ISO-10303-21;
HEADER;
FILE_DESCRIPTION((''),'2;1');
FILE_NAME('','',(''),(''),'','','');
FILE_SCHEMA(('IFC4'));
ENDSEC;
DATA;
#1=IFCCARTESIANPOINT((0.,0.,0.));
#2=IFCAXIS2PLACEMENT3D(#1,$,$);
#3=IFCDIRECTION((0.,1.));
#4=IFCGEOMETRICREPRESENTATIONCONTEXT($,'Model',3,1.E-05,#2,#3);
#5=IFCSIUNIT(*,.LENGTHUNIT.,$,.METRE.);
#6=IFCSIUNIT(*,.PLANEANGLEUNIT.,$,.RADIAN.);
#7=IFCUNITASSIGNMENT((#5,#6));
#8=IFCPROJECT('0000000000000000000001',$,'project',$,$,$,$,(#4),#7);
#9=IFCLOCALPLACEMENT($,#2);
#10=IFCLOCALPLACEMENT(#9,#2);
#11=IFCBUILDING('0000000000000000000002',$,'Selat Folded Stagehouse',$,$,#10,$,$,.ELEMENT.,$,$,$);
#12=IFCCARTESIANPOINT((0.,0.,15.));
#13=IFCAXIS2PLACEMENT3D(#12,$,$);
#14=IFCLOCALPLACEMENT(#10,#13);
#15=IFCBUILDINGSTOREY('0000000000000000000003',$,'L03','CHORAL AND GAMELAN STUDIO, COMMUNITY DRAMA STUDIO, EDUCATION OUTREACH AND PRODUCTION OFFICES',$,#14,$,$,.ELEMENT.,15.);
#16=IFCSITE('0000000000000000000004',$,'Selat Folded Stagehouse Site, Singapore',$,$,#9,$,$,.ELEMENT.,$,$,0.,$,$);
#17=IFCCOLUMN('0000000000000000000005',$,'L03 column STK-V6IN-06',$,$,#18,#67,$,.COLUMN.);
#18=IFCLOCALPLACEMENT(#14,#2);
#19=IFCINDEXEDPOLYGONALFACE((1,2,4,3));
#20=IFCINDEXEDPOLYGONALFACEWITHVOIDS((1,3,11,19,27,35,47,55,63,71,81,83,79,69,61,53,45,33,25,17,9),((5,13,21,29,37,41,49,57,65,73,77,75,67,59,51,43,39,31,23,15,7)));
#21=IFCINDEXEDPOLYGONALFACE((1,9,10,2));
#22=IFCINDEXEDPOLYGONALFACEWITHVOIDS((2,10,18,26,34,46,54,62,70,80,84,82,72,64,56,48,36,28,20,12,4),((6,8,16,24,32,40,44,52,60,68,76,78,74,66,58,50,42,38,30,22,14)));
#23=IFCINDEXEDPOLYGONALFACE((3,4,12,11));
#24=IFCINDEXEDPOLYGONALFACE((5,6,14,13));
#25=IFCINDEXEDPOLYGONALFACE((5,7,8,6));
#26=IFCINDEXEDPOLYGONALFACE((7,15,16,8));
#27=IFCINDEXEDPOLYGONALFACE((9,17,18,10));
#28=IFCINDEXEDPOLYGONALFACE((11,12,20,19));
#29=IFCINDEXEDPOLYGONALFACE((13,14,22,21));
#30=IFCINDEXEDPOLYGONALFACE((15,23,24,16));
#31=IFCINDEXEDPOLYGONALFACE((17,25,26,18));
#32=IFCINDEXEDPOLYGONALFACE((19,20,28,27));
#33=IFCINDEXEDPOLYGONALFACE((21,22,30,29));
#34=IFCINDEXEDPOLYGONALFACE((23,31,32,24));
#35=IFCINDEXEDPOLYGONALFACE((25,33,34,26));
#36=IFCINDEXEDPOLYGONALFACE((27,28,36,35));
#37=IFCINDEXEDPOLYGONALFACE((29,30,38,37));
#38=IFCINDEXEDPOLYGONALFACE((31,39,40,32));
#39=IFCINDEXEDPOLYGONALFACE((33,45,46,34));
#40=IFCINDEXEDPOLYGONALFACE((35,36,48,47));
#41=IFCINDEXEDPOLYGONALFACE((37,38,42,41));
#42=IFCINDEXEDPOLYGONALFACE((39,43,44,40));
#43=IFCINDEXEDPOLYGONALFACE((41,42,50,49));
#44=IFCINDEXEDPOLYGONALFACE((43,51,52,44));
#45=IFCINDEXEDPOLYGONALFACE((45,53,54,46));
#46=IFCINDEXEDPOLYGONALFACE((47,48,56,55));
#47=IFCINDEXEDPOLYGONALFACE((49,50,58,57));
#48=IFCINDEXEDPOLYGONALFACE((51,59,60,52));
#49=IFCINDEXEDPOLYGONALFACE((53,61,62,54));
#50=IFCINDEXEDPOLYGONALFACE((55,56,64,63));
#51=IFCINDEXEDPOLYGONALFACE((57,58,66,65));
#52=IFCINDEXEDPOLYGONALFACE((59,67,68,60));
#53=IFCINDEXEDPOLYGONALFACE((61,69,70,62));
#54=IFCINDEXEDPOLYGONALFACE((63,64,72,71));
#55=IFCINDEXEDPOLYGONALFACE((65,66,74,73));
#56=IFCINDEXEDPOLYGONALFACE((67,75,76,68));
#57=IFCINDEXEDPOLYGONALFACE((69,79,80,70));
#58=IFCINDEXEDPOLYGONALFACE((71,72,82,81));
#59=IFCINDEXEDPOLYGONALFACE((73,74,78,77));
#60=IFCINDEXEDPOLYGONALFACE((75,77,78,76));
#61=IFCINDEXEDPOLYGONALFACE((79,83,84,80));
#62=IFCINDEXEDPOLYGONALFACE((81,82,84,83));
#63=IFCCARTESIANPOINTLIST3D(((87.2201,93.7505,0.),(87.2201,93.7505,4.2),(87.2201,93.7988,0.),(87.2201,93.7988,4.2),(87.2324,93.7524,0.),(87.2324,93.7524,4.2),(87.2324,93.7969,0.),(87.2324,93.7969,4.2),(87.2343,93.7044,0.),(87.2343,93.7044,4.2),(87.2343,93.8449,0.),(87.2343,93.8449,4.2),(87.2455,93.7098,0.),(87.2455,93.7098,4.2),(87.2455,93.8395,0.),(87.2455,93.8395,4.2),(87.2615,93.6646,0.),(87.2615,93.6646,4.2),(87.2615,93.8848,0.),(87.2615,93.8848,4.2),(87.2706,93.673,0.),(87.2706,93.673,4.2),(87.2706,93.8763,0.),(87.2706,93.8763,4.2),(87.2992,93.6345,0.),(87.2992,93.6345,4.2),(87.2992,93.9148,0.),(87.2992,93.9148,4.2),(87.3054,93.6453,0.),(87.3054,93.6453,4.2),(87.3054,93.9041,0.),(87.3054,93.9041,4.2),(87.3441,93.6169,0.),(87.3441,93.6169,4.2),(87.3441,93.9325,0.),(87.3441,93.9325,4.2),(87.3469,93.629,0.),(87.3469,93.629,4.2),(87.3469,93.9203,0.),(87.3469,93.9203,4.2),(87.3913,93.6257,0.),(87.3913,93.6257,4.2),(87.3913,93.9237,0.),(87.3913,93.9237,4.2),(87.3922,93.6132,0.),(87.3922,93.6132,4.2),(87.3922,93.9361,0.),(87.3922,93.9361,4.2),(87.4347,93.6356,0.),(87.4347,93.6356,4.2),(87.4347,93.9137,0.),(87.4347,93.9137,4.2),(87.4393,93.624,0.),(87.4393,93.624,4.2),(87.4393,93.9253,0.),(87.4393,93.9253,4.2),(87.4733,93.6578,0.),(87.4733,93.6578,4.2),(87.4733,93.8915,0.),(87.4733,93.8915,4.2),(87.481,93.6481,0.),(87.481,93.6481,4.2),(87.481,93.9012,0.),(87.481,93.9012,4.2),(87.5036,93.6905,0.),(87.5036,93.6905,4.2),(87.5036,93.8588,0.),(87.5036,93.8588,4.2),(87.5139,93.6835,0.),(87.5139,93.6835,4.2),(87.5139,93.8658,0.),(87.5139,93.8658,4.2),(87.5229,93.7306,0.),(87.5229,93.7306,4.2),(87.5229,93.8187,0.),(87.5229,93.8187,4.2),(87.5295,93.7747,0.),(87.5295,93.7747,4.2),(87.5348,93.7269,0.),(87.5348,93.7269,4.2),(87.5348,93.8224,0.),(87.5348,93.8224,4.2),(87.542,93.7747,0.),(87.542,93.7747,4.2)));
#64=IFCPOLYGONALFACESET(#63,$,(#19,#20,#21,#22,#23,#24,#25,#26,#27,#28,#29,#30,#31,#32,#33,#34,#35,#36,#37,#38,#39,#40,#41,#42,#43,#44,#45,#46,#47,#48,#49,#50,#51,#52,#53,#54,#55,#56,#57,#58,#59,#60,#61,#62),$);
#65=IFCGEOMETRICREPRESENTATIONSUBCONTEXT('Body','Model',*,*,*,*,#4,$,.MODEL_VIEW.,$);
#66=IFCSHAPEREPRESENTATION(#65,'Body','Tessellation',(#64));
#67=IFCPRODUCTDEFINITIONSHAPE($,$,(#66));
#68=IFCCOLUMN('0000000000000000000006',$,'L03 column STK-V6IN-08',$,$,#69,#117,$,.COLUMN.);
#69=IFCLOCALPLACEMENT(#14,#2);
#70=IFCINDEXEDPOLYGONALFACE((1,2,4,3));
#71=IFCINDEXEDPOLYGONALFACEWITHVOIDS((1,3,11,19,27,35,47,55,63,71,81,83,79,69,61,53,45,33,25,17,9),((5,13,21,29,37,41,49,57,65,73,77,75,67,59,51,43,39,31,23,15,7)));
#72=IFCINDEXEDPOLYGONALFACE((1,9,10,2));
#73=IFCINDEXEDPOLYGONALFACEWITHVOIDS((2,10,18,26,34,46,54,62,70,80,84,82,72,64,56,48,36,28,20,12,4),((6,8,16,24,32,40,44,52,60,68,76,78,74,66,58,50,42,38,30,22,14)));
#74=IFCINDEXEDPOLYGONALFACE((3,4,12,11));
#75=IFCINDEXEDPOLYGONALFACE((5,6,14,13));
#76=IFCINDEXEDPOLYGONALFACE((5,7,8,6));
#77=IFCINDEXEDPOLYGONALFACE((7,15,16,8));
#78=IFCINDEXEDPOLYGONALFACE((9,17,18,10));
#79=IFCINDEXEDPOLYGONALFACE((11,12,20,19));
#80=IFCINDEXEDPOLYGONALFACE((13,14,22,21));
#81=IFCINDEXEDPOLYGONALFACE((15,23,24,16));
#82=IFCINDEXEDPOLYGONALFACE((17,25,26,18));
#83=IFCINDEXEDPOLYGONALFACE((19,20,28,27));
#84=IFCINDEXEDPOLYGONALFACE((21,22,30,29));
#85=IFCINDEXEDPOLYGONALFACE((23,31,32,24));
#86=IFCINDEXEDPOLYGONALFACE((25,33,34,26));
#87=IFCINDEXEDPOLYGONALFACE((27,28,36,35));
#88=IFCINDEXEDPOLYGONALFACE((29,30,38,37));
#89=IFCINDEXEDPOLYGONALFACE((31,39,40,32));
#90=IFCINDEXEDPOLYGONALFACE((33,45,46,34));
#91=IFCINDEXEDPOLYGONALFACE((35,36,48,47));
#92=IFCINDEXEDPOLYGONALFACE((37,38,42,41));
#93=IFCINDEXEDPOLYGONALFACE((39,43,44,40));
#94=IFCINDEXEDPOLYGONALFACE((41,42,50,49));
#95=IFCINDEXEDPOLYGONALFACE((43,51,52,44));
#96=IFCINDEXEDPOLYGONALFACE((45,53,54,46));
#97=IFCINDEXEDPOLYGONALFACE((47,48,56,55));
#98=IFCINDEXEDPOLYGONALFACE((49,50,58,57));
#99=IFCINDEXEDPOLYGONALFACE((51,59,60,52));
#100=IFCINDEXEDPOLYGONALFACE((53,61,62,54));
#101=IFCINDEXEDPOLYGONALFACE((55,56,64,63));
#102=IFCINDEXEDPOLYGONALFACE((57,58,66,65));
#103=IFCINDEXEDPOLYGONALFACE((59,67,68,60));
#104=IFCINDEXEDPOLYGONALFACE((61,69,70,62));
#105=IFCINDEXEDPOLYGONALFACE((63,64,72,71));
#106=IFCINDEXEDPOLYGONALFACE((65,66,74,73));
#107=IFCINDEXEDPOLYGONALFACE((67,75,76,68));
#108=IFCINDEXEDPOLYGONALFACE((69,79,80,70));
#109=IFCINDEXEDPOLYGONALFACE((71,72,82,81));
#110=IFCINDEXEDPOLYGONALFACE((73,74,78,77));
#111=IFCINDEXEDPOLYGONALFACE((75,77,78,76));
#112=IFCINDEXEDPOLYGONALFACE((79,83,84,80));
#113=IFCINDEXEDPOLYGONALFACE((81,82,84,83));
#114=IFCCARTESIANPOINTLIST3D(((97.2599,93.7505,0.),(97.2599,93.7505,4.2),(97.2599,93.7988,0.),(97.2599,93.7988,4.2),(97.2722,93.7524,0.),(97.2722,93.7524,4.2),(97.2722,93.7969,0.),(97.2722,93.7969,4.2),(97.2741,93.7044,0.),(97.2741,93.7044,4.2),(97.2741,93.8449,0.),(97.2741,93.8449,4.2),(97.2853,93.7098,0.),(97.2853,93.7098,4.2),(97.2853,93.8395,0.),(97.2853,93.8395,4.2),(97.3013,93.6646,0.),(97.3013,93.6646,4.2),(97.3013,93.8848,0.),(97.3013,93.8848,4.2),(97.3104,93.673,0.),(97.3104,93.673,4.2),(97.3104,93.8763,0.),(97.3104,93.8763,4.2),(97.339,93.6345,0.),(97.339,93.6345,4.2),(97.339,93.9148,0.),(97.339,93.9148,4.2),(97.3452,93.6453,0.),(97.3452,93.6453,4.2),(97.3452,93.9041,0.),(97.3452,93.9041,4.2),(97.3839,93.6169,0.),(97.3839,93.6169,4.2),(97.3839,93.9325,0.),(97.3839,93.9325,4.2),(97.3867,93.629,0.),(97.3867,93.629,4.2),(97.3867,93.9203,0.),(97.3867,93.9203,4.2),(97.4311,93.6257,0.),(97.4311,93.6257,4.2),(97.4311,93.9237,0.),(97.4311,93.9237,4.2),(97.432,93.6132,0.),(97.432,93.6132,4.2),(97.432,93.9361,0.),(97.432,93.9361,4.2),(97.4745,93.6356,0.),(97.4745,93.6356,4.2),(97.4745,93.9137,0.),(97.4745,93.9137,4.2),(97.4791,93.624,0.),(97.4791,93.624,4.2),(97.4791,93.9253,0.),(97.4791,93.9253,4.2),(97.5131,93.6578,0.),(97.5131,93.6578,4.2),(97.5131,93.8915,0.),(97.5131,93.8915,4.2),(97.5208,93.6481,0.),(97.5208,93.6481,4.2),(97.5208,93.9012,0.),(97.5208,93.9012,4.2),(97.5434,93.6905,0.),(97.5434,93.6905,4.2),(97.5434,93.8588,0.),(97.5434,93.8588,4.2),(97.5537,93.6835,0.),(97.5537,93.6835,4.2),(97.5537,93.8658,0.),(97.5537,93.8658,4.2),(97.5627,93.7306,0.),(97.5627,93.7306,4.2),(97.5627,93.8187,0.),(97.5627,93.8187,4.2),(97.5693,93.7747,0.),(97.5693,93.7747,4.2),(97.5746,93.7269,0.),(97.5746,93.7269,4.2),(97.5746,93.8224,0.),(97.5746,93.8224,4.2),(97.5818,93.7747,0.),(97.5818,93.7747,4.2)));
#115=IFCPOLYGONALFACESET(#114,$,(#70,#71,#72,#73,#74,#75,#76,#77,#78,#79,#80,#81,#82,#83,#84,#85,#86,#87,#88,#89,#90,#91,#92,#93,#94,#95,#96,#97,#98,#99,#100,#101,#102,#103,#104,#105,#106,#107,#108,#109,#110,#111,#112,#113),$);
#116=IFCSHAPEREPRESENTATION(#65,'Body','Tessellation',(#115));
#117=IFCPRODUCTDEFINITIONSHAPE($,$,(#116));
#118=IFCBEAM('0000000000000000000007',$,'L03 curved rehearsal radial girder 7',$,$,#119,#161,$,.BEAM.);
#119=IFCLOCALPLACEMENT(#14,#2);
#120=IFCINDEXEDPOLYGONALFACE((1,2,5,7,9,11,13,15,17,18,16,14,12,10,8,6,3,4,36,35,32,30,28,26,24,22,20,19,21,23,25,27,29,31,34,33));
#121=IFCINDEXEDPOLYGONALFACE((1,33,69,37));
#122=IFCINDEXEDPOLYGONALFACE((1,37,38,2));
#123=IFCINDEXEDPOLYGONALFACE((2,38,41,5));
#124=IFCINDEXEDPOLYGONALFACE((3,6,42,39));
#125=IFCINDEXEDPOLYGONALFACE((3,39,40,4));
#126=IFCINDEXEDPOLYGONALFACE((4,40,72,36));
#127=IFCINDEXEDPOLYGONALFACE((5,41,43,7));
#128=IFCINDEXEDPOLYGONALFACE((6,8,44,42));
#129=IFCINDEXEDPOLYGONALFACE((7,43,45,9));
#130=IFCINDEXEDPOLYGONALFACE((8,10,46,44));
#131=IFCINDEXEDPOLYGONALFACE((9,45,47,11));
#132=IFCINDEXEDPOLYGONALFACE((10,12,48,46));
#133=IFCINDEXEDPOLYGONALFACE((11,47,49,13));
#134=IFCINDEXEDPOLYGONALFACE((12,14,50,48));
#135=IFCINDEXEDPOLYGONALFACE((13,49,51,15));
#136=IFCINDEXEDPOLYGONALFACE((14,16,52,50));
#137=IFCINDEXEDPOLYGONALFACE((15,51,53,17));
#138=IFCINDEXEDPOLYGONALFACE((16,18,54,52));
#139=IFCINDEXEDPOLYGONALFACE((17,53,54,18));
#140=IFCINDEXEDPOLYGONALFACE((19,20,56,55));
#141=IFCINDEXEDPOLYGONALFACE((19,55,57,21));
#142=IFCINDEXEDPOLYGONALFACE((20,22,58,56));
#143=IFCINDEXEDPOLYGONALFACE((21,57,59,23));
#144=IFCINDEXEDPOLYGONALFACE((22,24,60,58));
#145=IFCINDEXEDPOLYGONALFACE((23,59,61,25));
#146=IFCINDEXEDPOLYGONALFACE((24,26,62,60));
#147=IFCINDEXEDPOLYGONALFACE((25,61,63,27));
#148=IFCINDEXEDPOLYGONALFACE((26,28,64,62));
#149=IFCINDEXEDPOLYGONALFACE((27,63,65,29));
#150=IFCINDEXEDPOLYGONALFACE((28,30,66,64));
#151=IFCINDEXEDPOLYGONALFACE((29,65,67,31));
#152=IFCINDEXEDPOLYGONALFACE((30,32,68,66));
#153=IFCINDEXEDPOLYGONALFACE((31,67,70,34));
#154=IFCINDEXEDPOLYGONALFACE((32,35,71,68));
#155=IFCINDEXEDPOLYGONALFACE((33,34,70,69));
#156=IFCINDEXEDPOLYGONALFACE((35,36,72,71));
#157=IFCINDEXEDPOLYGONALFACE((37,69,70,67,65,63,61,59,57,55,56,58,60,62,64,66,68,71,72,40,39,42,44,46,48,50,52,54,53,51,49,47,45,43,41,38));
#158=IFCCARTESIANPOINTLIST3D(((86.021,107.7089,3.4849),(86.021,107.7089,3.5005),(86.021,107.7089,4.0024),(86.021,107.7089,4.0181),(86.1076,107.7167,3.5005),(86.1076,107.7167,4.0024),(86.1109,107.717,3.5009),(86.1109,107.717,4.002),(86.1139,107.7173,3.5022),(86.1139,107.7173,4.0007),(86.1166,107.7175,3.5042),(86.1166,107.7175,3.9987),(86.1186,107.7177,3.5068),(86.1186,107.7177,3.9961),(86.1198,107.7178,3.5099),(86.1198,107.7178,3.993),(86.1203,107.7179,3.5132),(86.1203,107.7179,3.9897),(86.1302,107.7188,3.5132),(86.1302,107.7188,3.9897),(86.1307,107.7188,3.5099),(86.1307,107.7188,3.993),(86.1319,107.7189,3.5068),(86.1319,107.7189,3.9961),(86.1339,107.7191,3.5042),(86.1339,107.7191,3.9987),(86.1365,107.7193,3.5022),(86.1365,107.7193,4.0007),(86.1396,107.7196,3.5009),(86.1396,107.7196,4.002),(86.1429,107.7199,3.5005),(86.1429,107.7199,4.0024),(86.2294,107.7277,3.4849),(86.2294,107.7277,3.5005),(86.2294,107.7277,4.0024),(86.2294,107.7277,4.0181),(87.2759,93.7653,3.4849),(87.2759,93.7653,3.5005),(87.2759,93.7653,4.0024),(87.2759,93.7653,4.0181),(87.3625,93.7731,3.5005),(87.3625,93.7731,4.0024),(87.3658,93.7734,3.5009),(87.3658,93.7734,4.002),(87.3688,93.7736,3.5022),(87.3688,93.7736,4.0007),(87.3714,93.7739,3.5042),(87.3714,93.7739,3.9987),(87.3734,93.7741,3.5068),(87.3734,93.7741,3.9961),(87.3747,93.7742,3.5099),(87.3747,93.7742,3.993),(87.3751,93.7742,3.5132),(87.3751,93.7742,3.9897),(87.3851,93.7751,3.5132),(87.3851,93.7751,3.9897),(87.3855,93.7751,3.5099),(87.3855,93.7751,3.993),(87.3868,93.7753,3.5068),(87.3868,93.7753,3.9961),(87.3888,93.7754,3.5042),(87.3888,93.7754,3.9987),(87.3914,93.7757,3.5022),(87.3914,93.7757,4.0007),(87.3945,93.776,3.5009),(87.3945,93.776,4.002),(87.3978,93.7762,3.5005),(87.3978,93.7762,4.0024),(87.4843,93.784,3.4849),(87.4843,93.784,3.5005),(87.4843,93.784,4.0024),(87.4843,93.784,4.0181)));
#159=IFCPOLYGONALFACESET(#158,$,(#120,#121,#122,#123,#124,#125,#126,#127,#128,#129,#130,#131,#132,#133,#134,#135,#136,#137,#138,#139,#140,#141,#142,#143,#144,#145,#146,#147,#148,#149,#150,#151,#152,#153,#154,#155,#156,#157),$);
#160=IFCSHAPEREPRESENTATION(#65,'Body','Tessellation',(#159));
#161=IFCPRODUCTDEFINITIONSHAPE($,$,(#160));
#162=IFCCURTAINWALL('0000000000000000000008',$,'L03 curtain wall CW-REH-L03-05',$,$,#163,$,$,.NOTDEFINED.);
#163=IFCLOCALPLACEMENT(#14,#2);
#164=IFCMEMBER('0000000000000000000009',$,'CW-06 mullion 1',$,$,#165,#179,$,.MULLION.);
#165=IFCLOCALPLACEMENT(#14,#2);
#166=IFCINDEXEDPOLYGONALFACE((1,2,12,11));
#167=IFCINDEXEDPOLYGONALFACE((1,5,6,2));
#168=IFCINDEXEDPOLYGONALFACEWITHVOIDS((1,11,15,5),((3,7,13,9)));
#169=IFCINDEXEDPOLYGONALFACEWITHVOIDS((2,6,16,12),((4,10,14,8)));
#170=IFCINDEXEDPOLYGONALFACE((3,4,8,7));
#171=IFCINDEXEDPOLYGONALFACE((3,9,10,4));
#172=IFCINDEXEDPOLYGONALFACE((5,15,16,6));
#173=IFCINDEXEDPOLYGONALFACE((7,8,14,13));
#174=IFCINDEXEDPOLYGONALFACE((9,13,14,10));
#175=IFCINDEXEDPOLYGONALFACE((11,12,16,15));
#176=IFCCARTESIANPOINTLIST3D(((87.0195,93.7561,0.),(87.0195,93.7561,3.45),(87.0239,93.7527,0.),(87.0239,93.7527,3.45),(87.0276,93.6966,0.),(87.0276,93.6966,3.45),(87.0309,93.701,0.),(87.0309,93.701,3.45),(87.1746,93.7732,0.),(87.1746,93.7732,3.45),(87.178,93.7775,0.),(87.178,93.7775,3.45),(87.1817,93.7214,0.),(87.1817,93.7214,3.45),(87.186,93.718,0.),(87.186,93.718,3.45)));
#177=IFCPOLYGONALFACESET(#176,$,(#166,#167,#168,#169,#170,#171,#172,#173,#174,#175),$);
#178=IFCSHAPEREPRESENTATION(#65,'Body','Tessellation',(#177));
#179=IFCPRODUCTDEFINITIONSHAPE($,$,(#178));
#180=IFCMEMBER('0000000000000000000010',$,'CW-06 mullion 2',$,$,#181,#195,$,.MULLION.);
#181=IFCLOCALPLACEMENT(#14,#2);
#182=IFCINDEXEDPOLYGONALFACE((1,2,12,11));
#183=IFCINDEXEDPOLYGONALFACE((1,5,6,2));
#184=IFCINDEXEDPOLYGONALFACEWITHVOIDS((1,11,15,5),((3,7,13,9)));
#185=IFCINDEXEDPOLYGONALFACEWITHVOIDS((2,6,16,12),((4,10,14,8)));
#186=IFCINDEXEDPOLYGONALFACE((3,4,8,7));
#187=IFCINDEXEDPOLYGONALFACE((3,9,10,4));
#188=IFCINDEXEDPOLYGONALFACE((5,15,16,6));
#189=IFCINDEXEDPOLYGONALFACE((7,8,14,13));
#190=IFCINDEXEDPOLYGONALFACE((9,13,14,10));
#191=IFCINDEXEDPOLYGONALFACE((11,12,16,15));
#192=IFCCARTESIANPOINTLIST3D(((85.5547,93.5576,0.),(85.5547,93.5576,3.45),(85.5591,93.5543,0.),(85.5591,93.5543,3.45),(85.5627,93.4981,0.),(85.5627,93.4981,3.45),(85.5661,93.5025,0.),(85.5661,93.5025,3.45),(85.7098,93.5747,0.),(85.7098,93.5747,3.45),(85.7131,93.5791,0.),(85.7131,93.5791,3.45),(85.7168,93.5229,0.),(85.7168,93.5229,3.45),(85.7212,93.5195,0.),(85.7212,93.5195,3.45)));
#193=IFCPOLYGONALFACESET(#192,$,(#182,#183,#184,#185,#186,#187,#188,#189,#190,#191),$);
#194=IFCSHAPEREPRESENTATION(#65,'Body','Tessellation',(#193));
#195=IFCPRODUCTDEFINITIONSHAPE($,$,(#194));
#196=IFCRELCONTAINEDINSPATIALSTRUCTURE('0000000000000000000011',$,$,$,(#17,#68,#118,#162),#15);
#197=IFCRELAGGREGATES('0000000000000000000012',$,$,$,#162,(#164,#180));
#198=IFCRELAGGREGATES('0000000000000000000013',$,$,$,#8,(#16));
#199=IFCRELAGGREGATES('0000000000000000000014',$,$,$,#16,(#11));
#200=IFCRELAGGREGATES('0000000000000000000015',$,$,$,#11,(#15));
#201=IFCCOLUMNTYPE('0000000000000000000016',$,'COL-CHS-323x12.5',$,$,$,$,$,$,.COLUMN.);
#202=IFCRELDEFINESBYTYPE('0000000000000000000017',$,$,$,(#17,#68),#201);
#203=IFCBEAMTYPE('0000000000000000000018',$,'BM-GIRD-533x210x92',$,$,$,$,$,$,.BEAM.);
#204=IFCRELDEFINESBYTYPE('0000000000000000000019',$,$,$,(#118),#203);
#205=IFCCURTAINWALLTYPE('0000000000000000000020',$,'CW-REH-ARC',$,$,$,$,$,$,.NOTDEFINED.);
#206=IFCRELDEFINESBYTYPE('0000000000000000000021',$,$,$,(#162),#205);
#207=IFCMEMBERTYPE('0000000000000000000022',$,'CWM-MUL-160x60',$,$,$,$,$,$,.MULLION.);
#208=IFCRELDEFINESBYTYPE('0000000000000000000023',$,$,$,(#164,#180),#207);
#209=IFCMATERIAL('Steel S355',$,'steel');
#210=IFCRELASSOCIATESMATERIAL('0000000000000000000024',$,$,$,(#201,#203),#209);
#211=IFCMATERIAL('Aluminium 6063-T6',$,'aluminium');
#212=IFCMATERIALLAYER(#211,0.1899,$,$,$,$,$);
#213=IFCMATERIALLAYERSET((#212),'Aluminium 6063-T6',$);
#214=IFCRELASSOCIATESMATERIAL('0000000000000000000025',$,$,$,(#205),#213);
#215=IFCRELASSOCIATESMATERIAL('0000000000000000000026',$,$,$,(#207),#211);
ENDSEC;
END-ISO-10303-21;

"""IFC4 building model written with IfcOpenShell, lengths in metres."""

from ifc_helpers import new_model, si_unit, direction, frame, origin, origin_2d, place, context, subcontext, project, spatial, hollow_rectangle, hollow_circle, i_section, extrude, material, layer, layer_set, material_profile, profile_set, type_object, element, aggregate, save


model = new_model("IFC4")

# Units and contexts
model_context = context("Model", 3, precision=1e-05, world=origin(), true_north=direction((0.0, 1.0)))
body_context = subcontext(model_context, "Body", "Model", "MODEL_VIEW")
ifc_project = project(units=[si_unit("LENGTHUNIT", "METRE"), si_unit("PLANEANGLEUNIT", "RADIAN")], contexts=[model_context])

# Site, building, storey
site_placement = place(None, origin())
site = spatial("IfcSite", under=ifc_project, at=site_placement, Name="Selat Folded Stagehouse Site, Singapore", CompositionType="ELEMENT", RefElevation=0.0)
building_placement = place(site_placement, origin())
building = spatial("IfcBuilding", under=site, at=building_placement, Name="Selat Folded Stagehouse", CompositionType="ELEMENT")
storey_placement = place(building_placement, frame((0.0, 0.0, 15.0)))
storey = spatial("IfcBuildingStorey", under=building, at=storey_placement, Name="L03", Description="CHORAL AND GAMELAN STUDIO, COMMUNITY DRAMA STUDIO, EDUCATION OUTREACH AND PRODUCTION OFFICES", CompositionType="ELEMENT", Elevation=15.0)

# Columns
ifc_material_1 = material(Name="Steel S355", Category="steel")
ifc_material_profile_1 = material_profile(ifc_material_1, hollow_circle(Radius=0.1619, WallThickness=0.0125, at=origin_2d()), Name="CHS 323.9x12.5")
ifc_profile_set_1 = profile_set([ifc_material_profile_1], Name="Steel S355")
column_type = type_object("IfcColumnType", Name="COL-CHS-323x12.5", PredefinedType="COLUMN", material=ifc_profile_set_1)
for number, where, z_axis, x_axis, name in (
    (1, (87.3801, 93.7747, 0.0), (0.0, 0.0, 1.0), (1.0, 0.0, 0.0), "L03 column STK-V6IN-06"),
    (2, (97.4199, 93.7747, 0.0), (0.0, 0.0, 1.0), (1.0, 0.0, 0.0), "L03 column STK-V6IN-08"),
):
    element("IfcColumn", number, at=place(storey_placement, frame(where, z_axis=z_axis, x_axis=x_axis)), inside=storey, type_object=column_type, Name=name, PredefinedType="COLUMN", context=body_context, shape_type="SweptSolid", body=[
        extrude(hollow_circle(Radius=0.1619, WallThickness=0.0125, at=origin_2d()), origin(), (0.0, 0.0, 1.0), 4.2),
    ])

# Beam
ifc_material_profile_2 = material_profile(ifc_material_1, i_section(OverallWidth=0.2092, OverallDepth=0.5332, WebThickness=0.01, FlangeThickness=0.0156, FilletRadius=0.0127, at=origin_2d()), Name="UKB 533x210x92")
ifc_profile_set_2 = profile_set([ifc_material_profile_2], Name="Steel S355")
beam_type_1 = type_object("IfcBeamType", Name="BM-GIRD-533x210x92", PredefinedType="BEAM", material=ifc_profile_set_2)
beam_1_placement = place(storey_placement, frame((87.3801, 93.7747, 3.7515), z_axis=(-0.089635, 0.995975, 0.0), x_axis=(-0.995975, -0.089635, 0.0)))
element("IfcBeam", 3, at=beam_1_placement, inside=storey, type_object=beam_type_1, Name="L03 curved rehearsal radial girder 7", PredefinedType="BEAM", context=body_context, shape_type="SweptSolid", body=[
    extrude(i_section(OverallWidth=0.2092, OverallDepth=0.5332, WebThickness=0.01, FlangeThickness=0.0156, FilletRadius=0.0127, at=origin_2d()), origin(), (0.0, 0.0, 1.0), 14.0),
])

# Curtain wall, members
ifc_material_2 = material(Name="Aluminium 6063-T6", Category="aluminium")
ifc_layer_1 = layer(ifc_material_2, 0.1899)
ifc_layer_set_1 = layer_set([ifc_layer_1], Name="Aluminium 6063-T6")
curtain_wall_type = type_object("IfcCurtainWallType", Name="CW-REH-ARC", PredefinedType="NOTDEFINED", material=ifc_layer_set_1)
curtain_wall_1_placement = place(storey_placement, origin())
curtain_wall_1 = element("IfcCurtainWall", 4, at=curtain_wall_1_placement, inside=storey, type_object=curtain_wall_type, Name="L03 curtain wall CW-REH-L03-05", PredefinedType="NOTDEFINED")
ifc_material_profile_3 = material_profile(ifc_material_2, hollow_rectangle(XDim=0.0601, YDim=0.1599, WallThickness=0.0039, at=origin_2d()), Name="ALU 160x60x4.0")
ifc_profile_set_3 = profile_set([ifc_material_profile_3], Name="Aluminium 6063-T6")
member_type_1 = type_object("IfcMemberType", Name="CWM-MUL-160x60", PredefinedType="MULLION", material=ifc_profile_set_3)
member_1_placement = place(storey_placement, frame((87.1028, 93.7371, 0.0), z_axis=(0.0, 0.0, 1.0), x_axis=(0.134212, -0.990953, 0.0)))
member_1 = element("IfcMember", 5, at=member_1_placement, type_object=member_type_1, Name="CW-06 mullion 1", PredefinedType="MULLION", context=body_context, shape_type="SweptSolid", body=[
    extrude(hollow_rectangle(XDim=0.0601, YDim=0.1599, WallThickness=0.0039, at=origin_2d()), origin(), (0.0, 0.0, 1.0), 3.45),
])
member_2_placement = place(storey_placement, frame((85.6379, 93.5386, 0.0), z_axis=(0.0, 0.0, 1.0), x_axis=(0.134212, -0.990953, 0.0)))
member_2 = element("IfcMember", 6, at=member_2_placement, type_object=member_type_1, Name="CW-06 mullion 2", PredefinedType="MULLION", context=body_context, shape_type="SweptSolid", body=[
    extrude(hollow_rectangle(XDim=0.0601, YDim=0.1599, WallThickness=0.0039, at=origin_2d()), origin(), (0.0, 0.0, 1.0), 3.45),
])

aggregate(curtain_wall_1, [member_1, member_2])

save(model, "model.ifc")
